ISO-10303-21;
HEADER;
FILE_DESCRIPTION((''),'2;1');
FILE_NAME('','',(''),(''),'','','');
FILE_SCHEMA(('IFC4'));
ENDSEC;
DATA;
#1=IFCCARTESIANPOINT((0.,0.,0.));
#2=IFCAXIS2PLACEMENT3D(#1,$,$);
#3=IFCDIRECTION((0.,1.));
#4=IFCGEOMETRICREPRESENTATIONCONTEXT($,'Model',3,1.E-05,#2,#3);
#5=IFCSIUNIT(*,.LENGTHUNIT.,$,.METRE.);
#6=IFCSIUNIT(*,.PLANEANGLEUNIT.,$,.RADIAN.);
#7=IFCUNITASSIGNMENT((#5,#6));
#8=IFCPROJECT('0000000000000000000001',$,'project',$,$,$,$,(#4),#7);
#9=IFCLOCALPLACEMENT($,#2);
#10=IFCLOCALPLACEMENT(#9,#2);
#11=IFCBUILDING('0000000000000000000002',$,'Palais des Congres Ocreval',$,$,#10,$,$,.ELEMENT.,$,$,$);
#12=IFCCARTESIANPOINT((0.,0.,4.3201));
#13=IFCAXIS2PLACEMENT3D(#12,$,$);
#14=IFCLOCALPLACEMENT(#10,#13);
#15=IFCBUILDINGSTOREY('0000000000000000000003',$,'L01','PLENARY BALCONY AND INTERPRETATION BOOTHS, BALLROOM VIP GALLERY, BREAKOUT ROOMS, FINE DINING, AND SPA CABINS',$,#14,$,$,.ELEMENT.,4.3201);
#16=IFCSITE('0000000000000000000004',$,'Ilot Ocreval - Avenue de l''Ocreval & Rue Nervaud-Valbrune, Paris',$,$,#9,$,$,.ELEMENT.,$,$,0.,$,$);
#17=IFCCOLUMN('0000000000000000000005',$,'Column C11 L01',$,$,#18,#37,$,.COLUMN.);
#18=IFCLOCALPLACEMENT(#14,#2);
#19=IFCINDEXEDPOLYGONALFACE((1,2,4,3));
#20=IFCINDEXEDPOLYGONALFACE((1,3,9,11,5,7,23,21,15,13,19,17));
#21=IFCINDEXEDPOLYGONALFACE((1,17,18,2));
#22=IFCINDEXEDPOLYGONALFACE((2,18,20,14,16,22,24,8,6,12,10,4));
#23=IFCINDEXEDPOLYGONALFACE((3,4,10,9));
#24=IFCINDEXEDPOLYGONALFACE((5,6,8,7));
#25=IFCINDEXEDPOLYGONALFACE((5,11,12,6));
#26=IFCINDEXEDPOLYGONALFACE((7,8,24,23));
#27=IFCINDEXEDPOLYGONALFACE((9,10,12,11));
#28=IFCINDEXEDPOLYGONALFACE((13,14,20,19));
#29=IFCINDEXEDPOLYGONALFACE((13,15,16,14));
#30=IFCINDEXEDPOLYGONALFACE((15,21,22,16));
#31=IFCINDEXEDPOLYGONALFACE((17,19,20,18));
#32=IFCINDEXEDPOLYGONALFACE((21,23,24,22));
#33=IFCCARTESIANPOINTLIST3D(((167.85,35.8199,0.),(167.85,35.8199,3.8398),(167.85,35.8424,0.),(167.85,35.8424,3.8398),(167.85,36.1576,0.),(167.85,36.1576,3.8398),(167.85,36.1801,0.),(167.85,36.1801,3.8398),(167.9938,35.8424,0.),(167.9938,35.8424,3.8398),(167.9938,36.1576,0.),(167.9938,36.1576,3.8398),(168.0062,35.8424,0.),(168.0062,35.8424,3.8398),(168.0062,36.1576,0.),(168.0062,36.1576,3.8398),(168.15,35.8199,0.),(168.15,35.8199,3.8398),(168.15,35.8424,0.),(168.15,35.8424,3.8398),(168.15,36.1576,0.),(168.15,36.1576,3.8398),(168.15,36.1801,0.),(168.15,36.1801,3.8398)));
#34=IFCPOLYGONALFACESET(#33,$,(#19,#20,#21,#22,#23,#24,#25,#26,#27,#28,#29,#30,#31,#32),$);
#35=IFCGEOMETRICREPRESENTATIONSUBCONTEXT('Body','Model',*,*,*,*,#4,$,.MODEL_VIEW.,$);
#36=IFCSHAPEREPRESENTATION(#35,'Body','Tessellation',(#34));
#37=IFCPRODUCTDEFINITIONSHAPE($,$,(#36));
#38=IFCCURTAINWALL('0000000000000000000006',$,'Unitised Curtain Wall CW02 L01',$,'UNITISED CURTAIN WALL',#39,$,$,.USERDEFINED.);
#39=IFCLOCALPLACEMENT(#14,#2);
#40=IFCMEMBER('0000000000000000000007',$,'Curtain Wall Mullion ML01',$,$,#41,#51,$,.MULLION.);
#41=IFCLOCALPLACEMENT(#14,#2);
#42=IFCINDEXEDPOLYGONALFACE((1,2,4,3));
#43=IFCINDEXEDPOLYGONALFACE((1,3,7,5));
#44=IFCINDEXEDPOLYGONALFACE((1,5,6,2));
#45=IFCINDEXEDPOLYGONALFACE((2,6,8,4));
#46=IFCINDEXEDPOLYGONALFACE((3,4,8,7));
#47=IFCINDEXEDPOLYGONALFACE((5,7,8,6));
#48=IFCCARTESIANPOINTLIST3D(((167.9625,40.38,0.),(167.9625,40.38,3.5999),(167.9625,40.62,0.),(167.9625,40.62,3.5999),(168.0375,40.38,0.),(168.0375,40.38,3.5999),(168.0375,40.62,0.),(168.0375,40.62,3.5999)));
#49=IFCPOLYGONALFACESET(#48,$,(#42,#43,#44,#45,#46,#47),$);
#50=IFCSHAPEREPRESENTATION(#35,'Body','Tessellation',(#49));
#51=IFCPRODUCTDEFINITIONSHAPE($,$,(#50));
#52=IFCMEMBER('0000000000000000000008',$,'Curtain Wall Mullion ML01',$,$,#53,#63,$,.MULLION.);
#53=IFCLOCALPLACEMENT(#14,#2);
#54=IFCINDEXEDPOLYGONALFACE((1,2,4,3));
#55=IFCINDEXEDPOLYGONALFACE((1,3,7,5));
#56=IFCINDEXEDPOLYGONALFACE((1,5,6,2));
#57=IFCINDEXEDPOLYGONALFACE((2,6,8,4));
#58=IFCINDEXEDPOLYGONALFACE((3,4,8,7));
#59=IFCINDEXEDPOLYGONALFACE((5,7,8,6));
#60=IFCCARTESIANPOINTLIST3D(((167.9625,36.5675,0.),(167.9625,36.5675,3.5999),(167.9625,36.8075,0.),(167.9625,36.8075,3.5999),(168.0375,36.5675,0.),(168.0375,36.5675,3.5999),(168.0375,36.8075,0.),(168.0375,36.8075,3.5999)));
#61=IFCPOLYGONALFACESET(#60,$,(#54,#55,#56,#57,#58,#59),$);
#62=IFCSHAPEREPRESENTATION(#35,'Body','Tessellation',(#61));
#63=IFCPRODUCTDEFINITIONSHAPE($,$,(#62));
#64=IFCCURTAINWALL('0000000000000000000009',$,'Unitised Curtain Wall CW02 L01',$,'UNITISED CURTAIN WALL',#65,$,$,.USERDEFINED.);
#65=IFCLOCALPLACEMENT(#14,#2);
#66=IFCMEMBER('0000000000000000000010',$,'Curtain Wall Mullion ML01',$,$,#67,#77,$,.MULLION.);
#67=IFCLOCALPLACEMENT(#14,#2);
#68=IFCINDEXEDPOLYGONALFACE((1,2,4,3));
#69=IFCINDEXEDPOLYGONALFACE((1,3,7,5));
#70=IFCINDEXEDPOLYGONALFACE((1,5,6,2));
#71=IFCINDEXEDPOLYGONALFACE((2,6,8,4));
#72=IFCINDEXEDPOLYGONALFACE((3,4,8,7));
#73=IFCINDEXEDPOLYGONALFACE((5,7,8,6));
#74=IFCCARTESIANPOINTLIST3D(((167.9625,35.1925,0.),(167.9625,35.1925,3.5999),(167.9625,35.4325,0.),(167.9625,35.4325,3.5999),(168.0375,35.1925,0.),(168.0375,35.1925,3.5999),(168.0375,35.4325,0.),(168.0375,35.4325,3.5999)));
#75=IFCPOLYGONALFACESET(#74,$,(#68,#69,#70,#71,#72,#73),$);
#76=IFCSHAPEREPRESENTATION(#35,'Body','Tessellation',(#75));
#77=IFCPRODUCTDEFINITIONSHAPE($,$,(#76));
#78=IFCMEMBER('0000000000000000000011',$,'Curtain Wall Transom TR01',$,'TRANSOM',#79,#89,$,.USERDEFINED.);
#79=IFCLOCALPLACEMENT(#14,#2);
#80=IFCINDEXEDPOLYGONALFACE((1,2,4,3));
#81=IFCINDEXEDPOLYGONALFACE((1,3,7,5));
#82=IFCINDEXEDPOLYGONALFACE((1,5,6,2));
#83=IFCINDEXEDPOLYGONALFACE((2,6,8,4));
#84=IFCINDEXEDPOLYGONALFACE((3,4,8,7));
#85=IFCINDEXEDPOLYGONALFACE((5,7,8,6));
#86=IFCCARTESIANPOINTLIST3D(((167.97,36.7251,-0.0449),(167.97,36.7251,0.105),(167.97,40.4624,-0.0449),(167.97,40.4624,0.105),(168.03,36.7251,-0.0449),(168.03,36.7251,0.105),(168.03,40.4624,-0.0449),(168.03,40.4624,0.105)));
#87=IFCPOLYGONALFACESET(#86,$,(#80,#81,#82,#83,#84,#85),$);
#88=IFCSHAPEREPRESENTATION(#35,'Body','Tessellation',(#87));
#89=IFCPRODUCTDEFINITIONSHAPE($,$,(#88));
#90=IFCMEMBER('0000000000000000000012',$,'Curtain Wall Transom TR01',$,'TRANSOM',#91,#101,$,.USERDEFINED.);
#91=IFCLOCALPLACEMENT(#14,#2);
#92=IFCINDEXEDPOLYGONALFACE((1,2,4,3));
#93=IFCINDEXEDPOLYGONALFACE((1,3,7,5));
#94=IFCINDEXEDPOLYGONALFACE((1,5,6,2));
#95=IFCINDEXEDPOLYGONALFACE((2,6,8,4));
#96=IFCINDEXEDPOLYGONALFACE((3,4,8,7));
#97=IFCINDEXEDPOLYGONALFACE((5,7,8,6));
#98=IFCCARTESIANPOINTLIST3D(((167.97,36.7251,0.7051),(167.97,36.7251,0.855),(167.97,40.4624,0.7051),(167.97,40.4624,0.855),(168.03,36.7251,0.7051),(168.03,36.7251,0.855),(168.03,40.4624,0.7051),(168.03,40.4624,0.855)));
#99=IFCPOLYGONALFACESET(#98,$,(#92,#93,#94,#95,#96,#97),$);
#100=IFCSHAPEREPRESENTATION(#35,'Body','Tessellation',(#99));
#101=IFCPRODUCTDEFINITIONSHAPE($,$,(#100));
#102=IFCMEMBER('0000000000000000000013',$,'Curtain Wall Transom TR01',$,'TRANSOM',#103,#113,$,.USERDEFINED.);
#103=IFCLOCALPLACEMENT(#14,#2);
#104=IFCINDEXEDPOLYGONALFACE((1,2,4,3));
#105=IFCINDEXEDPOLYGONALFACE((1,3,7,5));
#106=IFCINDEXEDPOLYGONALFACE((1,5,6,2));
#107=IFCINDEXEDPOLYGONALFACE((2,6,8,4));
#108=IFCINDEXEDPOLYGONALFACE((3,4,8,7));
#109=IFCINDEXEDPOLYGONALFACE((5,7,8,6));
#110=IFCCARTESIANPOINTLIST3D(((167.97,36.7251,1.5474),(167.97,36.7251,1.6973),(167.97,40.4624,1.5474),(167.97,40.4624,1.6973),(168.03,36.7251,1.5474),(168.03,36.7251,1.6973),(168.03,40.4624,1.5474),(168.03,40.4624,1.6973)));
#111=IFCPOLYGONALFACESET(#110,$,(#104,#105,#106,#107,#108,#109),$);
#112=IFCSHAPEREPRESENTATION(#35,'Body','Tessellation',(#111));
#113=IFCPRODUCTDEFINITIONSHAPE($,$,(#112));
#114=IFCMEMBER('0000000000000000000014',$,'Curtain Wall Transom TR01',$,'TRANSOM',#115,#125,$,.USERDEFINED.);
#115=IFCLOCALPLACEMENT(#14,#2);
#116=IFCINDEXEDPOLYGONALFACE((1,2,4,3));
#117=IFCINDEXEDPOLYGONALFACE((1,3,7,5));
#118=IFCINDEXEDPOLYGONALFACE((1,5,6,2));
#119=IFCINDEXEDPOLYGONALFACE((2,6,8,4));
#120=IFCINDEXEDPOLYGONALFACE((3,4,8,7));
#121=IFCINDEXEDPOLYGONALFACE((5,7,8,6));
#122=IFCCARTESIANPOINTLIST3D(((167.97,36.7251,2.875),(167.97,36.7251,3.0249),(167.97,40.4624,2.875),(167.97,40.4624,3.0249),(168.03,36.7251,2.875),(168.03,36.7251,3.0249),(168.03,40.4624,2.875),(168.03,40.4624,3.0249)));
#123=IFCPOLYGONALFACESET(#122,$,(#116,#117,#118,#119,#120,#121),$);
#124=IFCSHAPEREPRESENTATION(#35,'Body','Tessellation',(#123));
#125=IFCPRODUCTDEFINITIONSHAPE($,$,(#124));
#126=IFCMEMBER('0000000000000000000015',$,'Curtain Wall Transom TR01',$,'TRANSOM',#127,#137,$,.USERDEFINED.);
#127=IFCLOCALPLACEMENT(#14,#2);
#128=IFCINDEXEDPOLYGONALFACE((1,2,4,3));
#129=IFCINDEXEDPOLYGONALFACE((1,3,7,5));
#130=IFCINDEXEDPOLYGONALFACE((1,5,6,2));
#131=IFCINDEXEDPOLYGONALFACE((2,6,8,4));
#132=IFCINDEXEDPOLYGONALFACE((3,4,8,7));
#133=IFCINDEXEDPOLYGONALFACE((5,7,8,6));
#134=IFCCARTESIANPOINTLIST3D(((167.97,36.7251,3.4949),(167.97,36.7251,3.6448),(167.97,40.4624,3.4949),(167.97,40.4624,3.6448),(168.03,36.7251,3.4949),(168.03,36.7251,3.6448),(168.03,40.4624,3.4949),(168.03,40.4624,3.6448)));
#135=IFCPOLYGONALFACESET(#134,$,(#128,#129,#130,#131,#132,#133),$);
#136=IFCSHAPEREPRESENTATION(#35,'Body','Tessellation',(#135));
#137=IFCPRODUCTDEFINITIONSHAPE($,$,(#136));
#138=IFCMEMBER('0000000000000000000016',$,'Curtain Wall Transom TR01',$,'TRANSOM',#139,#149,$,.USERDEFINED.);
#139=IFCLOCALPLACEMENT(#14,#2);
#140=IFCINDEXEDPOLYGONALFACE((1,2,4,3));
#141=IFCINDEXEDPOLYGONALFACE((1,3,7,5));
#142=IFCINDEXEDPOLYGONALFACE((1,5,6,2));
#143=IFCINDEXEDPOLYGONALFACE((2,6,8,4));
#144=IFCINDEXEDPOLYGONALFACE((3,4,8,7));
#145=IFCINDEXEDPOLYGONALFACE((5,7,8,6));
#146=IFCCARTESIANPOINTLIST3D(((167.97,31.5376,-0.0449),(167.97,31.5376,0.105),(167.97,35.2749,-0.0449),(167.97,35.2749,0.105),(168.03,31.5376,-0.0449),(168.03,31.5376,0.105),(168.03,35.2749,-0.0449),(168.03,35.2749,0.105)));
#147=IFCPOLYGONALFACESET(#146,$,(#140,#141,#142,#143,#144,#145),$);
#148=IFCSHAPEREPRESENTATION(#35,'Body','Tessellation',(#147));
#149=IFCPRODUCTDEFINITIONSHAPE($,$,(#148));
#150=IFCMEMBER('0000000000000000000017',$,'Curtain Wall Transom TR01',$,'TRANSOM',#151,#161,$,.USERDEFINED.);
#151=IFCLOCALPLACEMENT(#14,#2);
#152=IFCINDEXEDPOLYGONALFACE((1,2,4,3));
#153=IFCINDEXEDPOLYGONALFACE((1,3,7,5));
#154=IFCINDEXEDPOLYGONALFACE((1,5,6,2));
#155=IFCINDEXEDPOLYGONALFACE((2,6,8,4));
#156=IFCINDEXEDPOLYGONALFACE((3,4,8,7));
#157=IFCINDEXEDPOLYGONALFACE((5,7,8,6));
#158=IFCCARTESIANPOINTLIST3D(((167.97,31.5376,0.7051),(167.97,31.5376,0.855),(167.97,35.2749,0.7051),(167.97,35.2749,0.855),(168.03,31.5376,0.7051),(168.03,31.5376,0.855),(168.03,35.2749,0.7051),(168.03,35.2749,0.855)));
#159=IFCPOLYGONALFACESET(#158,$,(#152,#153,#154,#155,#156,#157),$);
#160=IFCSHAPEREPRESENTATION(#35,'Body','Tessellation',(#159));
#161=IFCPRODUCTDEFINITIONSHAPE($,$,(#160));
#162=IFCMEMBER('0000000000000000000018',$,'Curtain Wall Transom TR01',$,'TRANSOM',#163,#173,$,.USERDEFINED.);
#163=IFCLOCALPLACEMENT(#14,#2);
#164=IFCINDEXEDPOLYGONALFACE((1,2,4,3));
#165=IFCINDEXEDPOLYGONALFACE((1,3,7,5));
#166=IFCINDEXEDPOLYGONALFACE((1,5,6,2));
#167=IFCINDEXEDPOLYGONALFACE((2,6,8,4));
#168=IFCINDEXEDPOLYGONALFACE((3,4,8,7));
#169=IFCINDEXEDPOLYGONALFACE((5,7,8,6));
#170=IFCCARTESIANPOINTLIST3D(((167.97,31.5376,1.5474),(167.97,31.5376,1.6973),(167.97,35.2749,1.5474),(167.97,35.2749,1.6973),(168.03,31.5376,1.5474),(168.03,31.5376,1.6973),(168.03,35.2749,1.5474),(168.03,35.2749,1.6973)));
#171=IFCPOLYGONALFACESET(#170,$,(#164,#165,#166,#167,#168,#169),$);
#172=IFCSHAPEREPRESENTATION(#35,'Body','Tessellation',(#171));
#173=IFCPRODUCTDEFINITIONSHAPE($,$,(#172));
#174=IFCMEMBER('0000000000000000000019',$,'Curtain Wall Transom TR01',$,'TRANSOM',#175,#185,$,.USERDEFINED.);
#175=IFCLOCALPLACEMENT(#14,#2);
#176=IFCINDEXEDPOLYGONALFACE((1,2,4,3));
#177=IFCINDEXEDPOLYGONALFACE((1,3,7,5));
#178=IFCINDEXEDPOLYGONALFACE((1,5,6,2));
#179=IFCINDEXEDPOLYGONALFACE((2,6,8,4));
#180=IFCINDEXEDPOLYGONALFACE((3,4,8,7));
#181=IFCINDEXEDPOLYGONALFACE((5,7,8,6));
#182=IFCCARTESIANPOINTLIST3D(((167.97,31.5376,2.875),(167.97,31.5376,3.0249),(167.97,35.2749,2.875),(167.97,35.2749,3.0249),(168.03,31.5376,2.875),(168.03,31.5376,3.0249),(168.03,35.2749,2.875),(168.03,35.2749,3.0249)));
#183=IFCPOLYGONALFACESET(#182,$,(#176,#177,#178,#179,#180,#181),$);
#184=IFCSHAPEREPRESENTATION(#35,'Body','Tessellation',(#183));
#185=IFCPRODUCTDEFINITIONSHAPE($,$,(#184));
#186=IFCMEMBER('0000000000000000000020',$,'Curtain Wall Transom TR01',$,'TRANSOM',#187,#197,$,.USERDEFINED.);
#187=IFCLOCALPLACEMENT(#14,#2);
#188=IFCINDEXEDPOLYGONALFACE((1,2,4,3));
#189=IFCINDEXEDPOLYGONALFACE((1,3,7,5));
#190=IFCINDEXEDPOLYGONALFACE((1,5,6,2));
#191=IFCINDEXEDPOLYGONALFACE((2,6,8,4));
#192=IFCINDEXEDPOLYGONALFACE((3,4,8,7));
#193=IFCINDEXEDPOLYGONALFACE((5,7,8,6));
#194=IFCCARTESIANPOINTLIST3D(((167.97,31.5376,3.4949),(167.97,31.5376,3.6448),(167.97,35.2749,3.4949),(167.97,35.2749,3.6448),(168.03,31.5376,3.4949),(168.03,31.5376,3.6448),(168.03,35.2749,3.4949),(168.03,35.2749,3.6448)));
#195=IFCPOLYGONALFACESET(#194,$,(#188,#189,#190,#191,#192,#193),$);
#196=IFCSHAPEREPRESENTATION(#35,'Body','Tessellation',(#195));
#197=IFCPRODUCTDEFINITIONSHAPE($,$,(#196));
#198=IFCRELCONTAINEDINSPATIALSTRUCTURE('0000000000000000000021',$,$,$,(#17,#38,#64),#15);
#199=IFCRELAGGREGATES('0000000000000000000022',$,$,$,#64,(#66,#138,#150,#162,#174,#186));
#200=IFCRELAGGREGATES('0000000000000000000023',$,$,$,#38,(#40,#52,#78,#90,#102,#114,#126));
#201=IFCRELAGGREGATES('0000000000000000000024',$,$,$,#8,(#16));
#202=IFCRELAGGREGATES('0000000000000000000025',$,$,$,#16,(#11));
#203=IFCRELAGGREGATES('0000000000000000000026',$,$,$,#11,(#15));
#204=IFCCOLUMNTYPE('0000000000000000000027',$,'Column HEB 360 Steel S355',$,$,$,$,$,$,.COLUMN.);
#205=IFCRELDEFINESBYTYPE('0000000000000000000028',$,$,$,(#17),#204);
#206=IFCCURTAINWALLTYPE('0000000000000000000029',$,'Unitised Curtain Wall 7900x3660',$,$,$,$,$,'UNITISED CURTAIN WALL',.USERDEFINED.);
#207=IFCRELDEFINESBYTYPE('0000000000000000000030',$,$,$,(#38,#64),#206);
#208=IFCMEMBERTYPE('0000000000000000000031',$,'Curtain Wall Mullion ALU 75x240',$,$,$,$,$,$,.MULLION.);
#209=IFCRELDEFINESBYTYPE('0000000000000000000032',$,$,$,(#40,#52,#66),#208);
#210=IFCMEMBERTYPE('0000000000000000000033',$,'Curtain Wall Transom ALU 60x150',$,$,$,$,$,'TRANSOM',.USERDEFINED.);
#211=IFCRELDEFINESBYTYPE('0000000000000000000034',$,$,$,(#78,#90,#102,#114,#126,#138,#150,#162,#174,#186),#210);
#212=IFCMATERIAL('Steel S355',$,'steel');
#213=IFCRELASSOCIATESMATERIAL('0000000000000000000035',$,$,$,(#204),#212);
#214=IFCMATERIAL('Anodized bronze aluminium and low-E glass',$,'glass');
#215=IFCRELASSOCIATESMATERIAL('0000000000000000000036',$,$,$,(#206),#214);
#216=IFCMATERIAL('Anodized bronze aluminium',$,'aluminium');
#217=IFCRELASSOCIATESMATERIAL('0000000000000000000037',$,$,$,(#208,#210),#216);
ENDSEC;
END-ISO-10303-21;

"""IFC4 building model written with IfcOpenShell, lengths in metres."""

from ifc_helpers import new_model, si_unit, direction, frame, origin, origin_2d, place, context, subcontext, project, spatial, rectangle, i_section, extrude, material, material_profile, profile_set, type_object, element, aggregate, save


model = new_model("IFC4")

# Units and contexts
model_context = context("Model", 3, precision=1e-05, world=origin(), true_north=direction((0.0, 1.0)))
body_context = subcontext(model_context, "Body", "Model", "MODEL_VIEW")
ifc_project = project(units=[si_unit("LENGTHUNIT", "METRE"), si_unit("PLANEANGLEUNIT", "RADIAN")], contexts=[model_context])

# Site, building, storey
site_placement = place(None, origin())
site = spatial("IfcSite", under=ifc_project, at=site_placement, Name="Ilot Ocreval - Avenue de l'Ocreval & Rue Nervaud-Valbrune, Paris", CompositionType="ELEMENT", RefElevation=0.0)
building_placement = place(site_placement, origin())
building = spatial("IfcBuilding", under=site, at=building_placement, Name="Palais des Congres Ocreval", CompositionType="ELEMENT")
storey_placement = place(building_placement, frame((0.0, 0.0, 4.3201)))
storey = spatial("IfcBuildingStorey", under=building, at=storey_placement, Name="L01", Description="PLENARY BALCONY AND INTERPRETATION BOOTHS, BALLROOM VIP GALLERY, BREAKOUT ROOMS, FINE DINING, AND SPA CABINS", CompositionType="ELEMENT", Elevation=4.3201)

# Column
ifc_material_1 = material(Name="Steel S355", Category="steel")
ifc_material_profile_1 = material_profile(ifc_material_1, i_section(OverallWidth=0.3, OverallDepth=0.3601, WebThickness=0.0125, FlangeThickness=0.0225, at=origin_2d()), Name="HEB 360")
ifc_profile_set_1 = profile_set([ifc_material_profile_1], Name="Steel S355")
column_type = type_object("IfcColumnType", Name="Column HEB 360 Steel S355", PredefinedType="COLUMN", material=ifc_profile_set_1)
column_placement = place(storey_placement, frame((168.0, 36.0, 0.0), z_axis=(0.0, 0.0, 1.0), x_axis=(1.0, 0.0, 0.0)))
element("IfcColumn", 1, at=column_placement, inside=storey, type_object=column_type, Name="Column C11 L01", PredefinedType="COLUMN", context=body_context, shape_type="SweptSolid", body=[
    extrude(i_section(OverallWidth=0.3, OverallDepth=0.3601, WebThickness=0.0125, FlangeThickness=0.0225, at=origin_2d()), origin(), (0.0, 0.0, 1.0), 3.8398),
])

# Curtain wall, members
ifc_material_2 = material(Name="Anodized bronze aluminium and low-E glass", Category="glass")
curtain_wall_type = type_object("IfcCurtainWallType", Name="Unitised Curtain Wall 7900x3660", ElementType="UNITISED CURTAIN WALL", PredefinedType="USERDEFINED", material=ifc_material_2)
curtain_wall_1_placement = place(storey_placement, origin())
curtain_wall_1 = element("IfcCurtainWall", 2, at=curtain_wall_1_placement, inside=storey, type_object=curtain_wall_type, Name="Unitised Curtain Wall CW02 L01", ObjectType="UNITISED CURTAIN WALL", PredefinedType="USERDEFINED")
ifc_material_3 = material(Name="Anodized bronze aluminium", Category="aluminium")
ifc_material_profile_2 = material_profile(ifc_material_3, rectangle(XDim=0.075, YDim=0.24, at=origin_2d()), Name="ALU 75x240")
ifc_profile_set_2 = profile_set([ifc_material_profile_2], Name="Anodized bronze aluminium")
member_type_1 = type_object("IfcMemberType", Name="Curtain Wall Mullion ALU 75x240", PredefinedType="MULLION", material=ifc_profile_set_2)
member_1_placement = place(storey_placement, frame((168.0, 40.5, 0.0), z_axis=(0.0, 0.0, 1.0), x_axis=(1.0, 0.0, 0.0)))
member_1 = element("IfcMember", 3, at=member_1_placement, type_object=member_type_1, Name="Curtain Wall Mullion ML01", PredefinedType="MULLION", context=body_context, shape_type="SweptSolid", body=[
    extrude(rectangle(XDim=0.075, YDim=0.24, at=origin_2d()), origin(), (0.0, 0.0, 1.0), 3.5999),
])
member_2_placement = place(storey_placement, frame((168.0, 36.6875, 0.0), z_axis=(0.0, 0.0, 1.0), x_axis=(1.0, 0.0, 0.0)))
member_2 = element("IfcMember", 4, at=member_2_placement, type_object=member_type_1, Name="Curtain Wall Mullion ML01", PredefinedType="MULLION", context=body_context, shape_type="SweptSolid", body=[
    extrude(rectangle(XDim=0.075, YDim=0.24, at=origin_2d()), origin(), (0.0, 0.0, 1.0), 3.5999),
])

# Curtain wall, member
curtain_wall_2_placement = place(storey_placement, origin())
curtain_wall_2 = element("IfcCurtainWall", 5, at=curtain_wall_2_placement, inside=storey, type_object=curtain_wall_type, Name="Unitised Curtain Wall CW02 L01", ObjectType="UNITISED CURTAIN WALL", PredefinedType="USERDEFINED")
member_3_placement = place(storey_placement, frame((168.0, 35.3125, 0.0), z_axis=(0.0, 0.0, 1.0), x_axis=(1.0, 0.0, 0.0)))
member_3 = element("IfcMember", 6, at=member_3_placement, type_object=member_type_1, Name="Curtain Wall Mullion ML01", PredefinedType="MULLION", context=body_context, shape_type="SweptSolid", body=[
    extrude(rectangle(XDim=0.075, YDim=0.24, at=origin_2d()), origin(), (0.0, 0.0, 1.0), 3.5999),
])

# Members
ifc_material_profile_3 = material_profile(ifc_material_3, rectangle(XDim=0.0601, YDim=0.1499, at=origin_2d()), Name="ALU 60x150")
ifc_profile_set_3 = profile_set([ifc_material_profile_3], Name="Anodized bronze aluminium")
member_type_2 = type_object("IfcMemberType", Name="Curtain Wall Transom ALU 60x150", ElementType="TRANSOM", PredefinedType="USERDEFINED", material=ifc_profile_set_3)
member_4_placement = place(storey_placement, frame((168.0, 40.4624, 0.03), z_axis=(0.0, -1.0, 0.0), x_axis=(1.0, 0.0, 0.0)))
member_4 = element("IfcMember", 7, at=member_4_placement, type_object=member_type_2, Name="Curtain Wall Transom TR01", ObjectType="TRANSOM", PredefinedType="USERDEFINED", context=body_context, shape_type="SweptSolid", body=[
    extrude(rectangle(XDim=0.0601, YDim=0.1499, at=origin_2d()), origin(), (0.0, 0.0, 1.0), 3.7373),
])
member_5_placement = place(storey_placement, frame((168.0, 40.4624, 0.78), z_axis=(0.0, -1.0, 0.0), x_axis=(1.0, 0.0, 0.0)))
member_5 = element("IfcMember", 8, at=member_5_placement, type_object=member_type_2, Name="Curtain Wall Transom TR01", ObjectType="TRANSOM", PredefinedType="USERDEFINED", context=body_context, shape_type="SweptSolid", body=[
    extrude(rectangle(XDim=0.0601, YDim=0.1499, at=origin_2d()), origin(), (0.0, 0.0, 1.0), 3.7373),
])
member_6_placement = place(storey_placement, frame((168.0, 40.4624, 1.6223), z_axis=(0.0, -1.0, 0.0), x_axis=(1.0, 0.0, 0.0)))
member_6 = element("IfcMember", 9, at=member_6_placement, type_object=member_type_2, Name="Curtain Wall Transom TR01", ObjectType="TRANSOM", PredefinedType="USERDEFINED", context=body_context, shape_type="SweptSolid", body=[
    extrude(rectangle(XDim=0.0601, YDim=0.1499, at=origin_2d()), origin(), (0.0, 0.0, 1.0), 3.7373),
])
member_7_placement = place(storey_placement, frame((168.0, 40.4624, 2.95), z_axis=(0.0, -1.0, 0.0), x_axis=(1.0, 0.0, 0.0)))
member_7 = element("IfcMember", 10, at=member_7_placement, type_object=member_type_2, Name="Curtain Wall Transom TR01", ObjectType="TRANSOM", PredefinedType="USERDEFINED", context=body_context, shape_type="SweptSolid", body=[
    extrude(rectangle(XDim=0.0601, YDim=0.1499, at=origin_2d()), origin(), (0.0, 0.0, 1.0), 3.7373),
])
member_8_placement = place(storey_placement, frame((168.0, 40.4624, 3.5698), z_axis=(0.0, -1.0, 0.0), x_axis=(1.0, 0.0, 0.0)))
member_8 = element("IfcMember", 11, at=member_8_placement, type_object=member_type_2, Name="Curtain Wall Transom TR01", ObjectType="TRANSOM", PredefinedType="USERDEFINED", context=body_context, shape_type="SweptSolid", body=[
    extrude(rectangle(XDim=0.0601, YDim=0.1499, at=origin_2d()), origin(), (0.0, 0.0, 1.0), 3.7373),
])
member_9_placement = place(storey_placement, frame((168.0, 35.2749, 0.03), z_axis=(0.0, -1.0, 0.0), x_axis=(1.0, 0.0, 0.0)))
member_9 = element("IfcMember", 12, at=member_9_placement, type_object=member_type_2, Name="Curtain Wall Transom TR01", ObjectType="TRANSOM", PredefinedType="USERDEFINED", context=body_context, shape_type="SweptSolid", body=[
    extrude(rectangle(XDim=0.0601, YDim=0.1499, at=origin_2d()), origin(), (0.0, 0.0, 1.0), 3.7373),
])
member_10_placement = place(storey_placement, frame((168.0, 35.2749, 0.78), z_axis=(0.0, -1.0, 0.0), x_axis=(1.0, 0.0, 0.0)))
member_10 = element("IfcMember", 13, at=member_10_placement, type_object=member_type_2, Name="Curtain Wall Transom TR01", ObjectType="TRANSOM", PredefinedType="USERDEFINED", context=body_context, shape_type="SweptSolid", body=[
    extrude(rectangle(XDim=0.0601, YDim=0.1499, at=origin_2d()), origin(), (0.0, 0.0, 1.0), 3.7373),
])
member_11_placement = place(storey_placement, frame((168.0, 35.2749, 1.6223), z_axis=(0.0, -1.0, 0.0), x_axis=(1.0, 0.0, 0.0)))
member_11 = element("IfcMember", 14, at=member_11_placement, type_object=member_type_2, Name="Curtain Wall Transom TR01", ObjectType="TRANSOM", PredefinedType="USERDEFINED", context=body_context, shape_type="SweptSolid", body=[
    extrude(rectangle(XDim=0.0601, YDim=0.1499, at=origin_2d()), origin(), (0.0, 0.0, 1.0), 3.7373),
])
member_12_placement = place(storey_placement, frame((168.0, 35.2749, 2.95), z_axis=(0.0, -1.0, 0.0), x_axis=(1.0, 0.0, 0.0)))
member_12 = element("IfcMember", 15, at=member_12_placement, type_object=member_type_2, Name="Curtain Wall Transom TR01", ObjectType="TRANSOM", PredefinedType="USERDEFINED", context=body_context, shape_type="SweptSolid", body=[
    extrude(rectangle(XDim=0.0601, YDim=0.1499, at=origin_2d()), origin(), (0.0, 0.0, 1.0), 3.7373),
])
member_13_placement = place(storey_placement, frame((168.0, 35.2749, 3.5698), z_axis=(0.0, -1.0, 0.0), x_axis=(1.0, 0.0, 0.0)))
member_13 = element("IfcMember", 16, at=member_13_placement, type_object=member_type_2, Name="Curtain Wall Transom TR01", ObjectType="TRANSOM", PredefinedType="USERDEFINED", context=body_context, shape_type="SweptSolid", body=[
    extrude(rectangle(XDim=0.0601, YDim=0.1499, at=origin_2d()), origin(), (0.0, 0.0, 1.0), 3.7373),
])

aggregate(curtain_wall_2, [member_3, member_9, member_10, member_11, member_12, member_13])
aggregate(curtain_wall_1, [member_1, member_2, member_4, member_5, member_6, member_7, member_8])

save(model, "model.ifc")
